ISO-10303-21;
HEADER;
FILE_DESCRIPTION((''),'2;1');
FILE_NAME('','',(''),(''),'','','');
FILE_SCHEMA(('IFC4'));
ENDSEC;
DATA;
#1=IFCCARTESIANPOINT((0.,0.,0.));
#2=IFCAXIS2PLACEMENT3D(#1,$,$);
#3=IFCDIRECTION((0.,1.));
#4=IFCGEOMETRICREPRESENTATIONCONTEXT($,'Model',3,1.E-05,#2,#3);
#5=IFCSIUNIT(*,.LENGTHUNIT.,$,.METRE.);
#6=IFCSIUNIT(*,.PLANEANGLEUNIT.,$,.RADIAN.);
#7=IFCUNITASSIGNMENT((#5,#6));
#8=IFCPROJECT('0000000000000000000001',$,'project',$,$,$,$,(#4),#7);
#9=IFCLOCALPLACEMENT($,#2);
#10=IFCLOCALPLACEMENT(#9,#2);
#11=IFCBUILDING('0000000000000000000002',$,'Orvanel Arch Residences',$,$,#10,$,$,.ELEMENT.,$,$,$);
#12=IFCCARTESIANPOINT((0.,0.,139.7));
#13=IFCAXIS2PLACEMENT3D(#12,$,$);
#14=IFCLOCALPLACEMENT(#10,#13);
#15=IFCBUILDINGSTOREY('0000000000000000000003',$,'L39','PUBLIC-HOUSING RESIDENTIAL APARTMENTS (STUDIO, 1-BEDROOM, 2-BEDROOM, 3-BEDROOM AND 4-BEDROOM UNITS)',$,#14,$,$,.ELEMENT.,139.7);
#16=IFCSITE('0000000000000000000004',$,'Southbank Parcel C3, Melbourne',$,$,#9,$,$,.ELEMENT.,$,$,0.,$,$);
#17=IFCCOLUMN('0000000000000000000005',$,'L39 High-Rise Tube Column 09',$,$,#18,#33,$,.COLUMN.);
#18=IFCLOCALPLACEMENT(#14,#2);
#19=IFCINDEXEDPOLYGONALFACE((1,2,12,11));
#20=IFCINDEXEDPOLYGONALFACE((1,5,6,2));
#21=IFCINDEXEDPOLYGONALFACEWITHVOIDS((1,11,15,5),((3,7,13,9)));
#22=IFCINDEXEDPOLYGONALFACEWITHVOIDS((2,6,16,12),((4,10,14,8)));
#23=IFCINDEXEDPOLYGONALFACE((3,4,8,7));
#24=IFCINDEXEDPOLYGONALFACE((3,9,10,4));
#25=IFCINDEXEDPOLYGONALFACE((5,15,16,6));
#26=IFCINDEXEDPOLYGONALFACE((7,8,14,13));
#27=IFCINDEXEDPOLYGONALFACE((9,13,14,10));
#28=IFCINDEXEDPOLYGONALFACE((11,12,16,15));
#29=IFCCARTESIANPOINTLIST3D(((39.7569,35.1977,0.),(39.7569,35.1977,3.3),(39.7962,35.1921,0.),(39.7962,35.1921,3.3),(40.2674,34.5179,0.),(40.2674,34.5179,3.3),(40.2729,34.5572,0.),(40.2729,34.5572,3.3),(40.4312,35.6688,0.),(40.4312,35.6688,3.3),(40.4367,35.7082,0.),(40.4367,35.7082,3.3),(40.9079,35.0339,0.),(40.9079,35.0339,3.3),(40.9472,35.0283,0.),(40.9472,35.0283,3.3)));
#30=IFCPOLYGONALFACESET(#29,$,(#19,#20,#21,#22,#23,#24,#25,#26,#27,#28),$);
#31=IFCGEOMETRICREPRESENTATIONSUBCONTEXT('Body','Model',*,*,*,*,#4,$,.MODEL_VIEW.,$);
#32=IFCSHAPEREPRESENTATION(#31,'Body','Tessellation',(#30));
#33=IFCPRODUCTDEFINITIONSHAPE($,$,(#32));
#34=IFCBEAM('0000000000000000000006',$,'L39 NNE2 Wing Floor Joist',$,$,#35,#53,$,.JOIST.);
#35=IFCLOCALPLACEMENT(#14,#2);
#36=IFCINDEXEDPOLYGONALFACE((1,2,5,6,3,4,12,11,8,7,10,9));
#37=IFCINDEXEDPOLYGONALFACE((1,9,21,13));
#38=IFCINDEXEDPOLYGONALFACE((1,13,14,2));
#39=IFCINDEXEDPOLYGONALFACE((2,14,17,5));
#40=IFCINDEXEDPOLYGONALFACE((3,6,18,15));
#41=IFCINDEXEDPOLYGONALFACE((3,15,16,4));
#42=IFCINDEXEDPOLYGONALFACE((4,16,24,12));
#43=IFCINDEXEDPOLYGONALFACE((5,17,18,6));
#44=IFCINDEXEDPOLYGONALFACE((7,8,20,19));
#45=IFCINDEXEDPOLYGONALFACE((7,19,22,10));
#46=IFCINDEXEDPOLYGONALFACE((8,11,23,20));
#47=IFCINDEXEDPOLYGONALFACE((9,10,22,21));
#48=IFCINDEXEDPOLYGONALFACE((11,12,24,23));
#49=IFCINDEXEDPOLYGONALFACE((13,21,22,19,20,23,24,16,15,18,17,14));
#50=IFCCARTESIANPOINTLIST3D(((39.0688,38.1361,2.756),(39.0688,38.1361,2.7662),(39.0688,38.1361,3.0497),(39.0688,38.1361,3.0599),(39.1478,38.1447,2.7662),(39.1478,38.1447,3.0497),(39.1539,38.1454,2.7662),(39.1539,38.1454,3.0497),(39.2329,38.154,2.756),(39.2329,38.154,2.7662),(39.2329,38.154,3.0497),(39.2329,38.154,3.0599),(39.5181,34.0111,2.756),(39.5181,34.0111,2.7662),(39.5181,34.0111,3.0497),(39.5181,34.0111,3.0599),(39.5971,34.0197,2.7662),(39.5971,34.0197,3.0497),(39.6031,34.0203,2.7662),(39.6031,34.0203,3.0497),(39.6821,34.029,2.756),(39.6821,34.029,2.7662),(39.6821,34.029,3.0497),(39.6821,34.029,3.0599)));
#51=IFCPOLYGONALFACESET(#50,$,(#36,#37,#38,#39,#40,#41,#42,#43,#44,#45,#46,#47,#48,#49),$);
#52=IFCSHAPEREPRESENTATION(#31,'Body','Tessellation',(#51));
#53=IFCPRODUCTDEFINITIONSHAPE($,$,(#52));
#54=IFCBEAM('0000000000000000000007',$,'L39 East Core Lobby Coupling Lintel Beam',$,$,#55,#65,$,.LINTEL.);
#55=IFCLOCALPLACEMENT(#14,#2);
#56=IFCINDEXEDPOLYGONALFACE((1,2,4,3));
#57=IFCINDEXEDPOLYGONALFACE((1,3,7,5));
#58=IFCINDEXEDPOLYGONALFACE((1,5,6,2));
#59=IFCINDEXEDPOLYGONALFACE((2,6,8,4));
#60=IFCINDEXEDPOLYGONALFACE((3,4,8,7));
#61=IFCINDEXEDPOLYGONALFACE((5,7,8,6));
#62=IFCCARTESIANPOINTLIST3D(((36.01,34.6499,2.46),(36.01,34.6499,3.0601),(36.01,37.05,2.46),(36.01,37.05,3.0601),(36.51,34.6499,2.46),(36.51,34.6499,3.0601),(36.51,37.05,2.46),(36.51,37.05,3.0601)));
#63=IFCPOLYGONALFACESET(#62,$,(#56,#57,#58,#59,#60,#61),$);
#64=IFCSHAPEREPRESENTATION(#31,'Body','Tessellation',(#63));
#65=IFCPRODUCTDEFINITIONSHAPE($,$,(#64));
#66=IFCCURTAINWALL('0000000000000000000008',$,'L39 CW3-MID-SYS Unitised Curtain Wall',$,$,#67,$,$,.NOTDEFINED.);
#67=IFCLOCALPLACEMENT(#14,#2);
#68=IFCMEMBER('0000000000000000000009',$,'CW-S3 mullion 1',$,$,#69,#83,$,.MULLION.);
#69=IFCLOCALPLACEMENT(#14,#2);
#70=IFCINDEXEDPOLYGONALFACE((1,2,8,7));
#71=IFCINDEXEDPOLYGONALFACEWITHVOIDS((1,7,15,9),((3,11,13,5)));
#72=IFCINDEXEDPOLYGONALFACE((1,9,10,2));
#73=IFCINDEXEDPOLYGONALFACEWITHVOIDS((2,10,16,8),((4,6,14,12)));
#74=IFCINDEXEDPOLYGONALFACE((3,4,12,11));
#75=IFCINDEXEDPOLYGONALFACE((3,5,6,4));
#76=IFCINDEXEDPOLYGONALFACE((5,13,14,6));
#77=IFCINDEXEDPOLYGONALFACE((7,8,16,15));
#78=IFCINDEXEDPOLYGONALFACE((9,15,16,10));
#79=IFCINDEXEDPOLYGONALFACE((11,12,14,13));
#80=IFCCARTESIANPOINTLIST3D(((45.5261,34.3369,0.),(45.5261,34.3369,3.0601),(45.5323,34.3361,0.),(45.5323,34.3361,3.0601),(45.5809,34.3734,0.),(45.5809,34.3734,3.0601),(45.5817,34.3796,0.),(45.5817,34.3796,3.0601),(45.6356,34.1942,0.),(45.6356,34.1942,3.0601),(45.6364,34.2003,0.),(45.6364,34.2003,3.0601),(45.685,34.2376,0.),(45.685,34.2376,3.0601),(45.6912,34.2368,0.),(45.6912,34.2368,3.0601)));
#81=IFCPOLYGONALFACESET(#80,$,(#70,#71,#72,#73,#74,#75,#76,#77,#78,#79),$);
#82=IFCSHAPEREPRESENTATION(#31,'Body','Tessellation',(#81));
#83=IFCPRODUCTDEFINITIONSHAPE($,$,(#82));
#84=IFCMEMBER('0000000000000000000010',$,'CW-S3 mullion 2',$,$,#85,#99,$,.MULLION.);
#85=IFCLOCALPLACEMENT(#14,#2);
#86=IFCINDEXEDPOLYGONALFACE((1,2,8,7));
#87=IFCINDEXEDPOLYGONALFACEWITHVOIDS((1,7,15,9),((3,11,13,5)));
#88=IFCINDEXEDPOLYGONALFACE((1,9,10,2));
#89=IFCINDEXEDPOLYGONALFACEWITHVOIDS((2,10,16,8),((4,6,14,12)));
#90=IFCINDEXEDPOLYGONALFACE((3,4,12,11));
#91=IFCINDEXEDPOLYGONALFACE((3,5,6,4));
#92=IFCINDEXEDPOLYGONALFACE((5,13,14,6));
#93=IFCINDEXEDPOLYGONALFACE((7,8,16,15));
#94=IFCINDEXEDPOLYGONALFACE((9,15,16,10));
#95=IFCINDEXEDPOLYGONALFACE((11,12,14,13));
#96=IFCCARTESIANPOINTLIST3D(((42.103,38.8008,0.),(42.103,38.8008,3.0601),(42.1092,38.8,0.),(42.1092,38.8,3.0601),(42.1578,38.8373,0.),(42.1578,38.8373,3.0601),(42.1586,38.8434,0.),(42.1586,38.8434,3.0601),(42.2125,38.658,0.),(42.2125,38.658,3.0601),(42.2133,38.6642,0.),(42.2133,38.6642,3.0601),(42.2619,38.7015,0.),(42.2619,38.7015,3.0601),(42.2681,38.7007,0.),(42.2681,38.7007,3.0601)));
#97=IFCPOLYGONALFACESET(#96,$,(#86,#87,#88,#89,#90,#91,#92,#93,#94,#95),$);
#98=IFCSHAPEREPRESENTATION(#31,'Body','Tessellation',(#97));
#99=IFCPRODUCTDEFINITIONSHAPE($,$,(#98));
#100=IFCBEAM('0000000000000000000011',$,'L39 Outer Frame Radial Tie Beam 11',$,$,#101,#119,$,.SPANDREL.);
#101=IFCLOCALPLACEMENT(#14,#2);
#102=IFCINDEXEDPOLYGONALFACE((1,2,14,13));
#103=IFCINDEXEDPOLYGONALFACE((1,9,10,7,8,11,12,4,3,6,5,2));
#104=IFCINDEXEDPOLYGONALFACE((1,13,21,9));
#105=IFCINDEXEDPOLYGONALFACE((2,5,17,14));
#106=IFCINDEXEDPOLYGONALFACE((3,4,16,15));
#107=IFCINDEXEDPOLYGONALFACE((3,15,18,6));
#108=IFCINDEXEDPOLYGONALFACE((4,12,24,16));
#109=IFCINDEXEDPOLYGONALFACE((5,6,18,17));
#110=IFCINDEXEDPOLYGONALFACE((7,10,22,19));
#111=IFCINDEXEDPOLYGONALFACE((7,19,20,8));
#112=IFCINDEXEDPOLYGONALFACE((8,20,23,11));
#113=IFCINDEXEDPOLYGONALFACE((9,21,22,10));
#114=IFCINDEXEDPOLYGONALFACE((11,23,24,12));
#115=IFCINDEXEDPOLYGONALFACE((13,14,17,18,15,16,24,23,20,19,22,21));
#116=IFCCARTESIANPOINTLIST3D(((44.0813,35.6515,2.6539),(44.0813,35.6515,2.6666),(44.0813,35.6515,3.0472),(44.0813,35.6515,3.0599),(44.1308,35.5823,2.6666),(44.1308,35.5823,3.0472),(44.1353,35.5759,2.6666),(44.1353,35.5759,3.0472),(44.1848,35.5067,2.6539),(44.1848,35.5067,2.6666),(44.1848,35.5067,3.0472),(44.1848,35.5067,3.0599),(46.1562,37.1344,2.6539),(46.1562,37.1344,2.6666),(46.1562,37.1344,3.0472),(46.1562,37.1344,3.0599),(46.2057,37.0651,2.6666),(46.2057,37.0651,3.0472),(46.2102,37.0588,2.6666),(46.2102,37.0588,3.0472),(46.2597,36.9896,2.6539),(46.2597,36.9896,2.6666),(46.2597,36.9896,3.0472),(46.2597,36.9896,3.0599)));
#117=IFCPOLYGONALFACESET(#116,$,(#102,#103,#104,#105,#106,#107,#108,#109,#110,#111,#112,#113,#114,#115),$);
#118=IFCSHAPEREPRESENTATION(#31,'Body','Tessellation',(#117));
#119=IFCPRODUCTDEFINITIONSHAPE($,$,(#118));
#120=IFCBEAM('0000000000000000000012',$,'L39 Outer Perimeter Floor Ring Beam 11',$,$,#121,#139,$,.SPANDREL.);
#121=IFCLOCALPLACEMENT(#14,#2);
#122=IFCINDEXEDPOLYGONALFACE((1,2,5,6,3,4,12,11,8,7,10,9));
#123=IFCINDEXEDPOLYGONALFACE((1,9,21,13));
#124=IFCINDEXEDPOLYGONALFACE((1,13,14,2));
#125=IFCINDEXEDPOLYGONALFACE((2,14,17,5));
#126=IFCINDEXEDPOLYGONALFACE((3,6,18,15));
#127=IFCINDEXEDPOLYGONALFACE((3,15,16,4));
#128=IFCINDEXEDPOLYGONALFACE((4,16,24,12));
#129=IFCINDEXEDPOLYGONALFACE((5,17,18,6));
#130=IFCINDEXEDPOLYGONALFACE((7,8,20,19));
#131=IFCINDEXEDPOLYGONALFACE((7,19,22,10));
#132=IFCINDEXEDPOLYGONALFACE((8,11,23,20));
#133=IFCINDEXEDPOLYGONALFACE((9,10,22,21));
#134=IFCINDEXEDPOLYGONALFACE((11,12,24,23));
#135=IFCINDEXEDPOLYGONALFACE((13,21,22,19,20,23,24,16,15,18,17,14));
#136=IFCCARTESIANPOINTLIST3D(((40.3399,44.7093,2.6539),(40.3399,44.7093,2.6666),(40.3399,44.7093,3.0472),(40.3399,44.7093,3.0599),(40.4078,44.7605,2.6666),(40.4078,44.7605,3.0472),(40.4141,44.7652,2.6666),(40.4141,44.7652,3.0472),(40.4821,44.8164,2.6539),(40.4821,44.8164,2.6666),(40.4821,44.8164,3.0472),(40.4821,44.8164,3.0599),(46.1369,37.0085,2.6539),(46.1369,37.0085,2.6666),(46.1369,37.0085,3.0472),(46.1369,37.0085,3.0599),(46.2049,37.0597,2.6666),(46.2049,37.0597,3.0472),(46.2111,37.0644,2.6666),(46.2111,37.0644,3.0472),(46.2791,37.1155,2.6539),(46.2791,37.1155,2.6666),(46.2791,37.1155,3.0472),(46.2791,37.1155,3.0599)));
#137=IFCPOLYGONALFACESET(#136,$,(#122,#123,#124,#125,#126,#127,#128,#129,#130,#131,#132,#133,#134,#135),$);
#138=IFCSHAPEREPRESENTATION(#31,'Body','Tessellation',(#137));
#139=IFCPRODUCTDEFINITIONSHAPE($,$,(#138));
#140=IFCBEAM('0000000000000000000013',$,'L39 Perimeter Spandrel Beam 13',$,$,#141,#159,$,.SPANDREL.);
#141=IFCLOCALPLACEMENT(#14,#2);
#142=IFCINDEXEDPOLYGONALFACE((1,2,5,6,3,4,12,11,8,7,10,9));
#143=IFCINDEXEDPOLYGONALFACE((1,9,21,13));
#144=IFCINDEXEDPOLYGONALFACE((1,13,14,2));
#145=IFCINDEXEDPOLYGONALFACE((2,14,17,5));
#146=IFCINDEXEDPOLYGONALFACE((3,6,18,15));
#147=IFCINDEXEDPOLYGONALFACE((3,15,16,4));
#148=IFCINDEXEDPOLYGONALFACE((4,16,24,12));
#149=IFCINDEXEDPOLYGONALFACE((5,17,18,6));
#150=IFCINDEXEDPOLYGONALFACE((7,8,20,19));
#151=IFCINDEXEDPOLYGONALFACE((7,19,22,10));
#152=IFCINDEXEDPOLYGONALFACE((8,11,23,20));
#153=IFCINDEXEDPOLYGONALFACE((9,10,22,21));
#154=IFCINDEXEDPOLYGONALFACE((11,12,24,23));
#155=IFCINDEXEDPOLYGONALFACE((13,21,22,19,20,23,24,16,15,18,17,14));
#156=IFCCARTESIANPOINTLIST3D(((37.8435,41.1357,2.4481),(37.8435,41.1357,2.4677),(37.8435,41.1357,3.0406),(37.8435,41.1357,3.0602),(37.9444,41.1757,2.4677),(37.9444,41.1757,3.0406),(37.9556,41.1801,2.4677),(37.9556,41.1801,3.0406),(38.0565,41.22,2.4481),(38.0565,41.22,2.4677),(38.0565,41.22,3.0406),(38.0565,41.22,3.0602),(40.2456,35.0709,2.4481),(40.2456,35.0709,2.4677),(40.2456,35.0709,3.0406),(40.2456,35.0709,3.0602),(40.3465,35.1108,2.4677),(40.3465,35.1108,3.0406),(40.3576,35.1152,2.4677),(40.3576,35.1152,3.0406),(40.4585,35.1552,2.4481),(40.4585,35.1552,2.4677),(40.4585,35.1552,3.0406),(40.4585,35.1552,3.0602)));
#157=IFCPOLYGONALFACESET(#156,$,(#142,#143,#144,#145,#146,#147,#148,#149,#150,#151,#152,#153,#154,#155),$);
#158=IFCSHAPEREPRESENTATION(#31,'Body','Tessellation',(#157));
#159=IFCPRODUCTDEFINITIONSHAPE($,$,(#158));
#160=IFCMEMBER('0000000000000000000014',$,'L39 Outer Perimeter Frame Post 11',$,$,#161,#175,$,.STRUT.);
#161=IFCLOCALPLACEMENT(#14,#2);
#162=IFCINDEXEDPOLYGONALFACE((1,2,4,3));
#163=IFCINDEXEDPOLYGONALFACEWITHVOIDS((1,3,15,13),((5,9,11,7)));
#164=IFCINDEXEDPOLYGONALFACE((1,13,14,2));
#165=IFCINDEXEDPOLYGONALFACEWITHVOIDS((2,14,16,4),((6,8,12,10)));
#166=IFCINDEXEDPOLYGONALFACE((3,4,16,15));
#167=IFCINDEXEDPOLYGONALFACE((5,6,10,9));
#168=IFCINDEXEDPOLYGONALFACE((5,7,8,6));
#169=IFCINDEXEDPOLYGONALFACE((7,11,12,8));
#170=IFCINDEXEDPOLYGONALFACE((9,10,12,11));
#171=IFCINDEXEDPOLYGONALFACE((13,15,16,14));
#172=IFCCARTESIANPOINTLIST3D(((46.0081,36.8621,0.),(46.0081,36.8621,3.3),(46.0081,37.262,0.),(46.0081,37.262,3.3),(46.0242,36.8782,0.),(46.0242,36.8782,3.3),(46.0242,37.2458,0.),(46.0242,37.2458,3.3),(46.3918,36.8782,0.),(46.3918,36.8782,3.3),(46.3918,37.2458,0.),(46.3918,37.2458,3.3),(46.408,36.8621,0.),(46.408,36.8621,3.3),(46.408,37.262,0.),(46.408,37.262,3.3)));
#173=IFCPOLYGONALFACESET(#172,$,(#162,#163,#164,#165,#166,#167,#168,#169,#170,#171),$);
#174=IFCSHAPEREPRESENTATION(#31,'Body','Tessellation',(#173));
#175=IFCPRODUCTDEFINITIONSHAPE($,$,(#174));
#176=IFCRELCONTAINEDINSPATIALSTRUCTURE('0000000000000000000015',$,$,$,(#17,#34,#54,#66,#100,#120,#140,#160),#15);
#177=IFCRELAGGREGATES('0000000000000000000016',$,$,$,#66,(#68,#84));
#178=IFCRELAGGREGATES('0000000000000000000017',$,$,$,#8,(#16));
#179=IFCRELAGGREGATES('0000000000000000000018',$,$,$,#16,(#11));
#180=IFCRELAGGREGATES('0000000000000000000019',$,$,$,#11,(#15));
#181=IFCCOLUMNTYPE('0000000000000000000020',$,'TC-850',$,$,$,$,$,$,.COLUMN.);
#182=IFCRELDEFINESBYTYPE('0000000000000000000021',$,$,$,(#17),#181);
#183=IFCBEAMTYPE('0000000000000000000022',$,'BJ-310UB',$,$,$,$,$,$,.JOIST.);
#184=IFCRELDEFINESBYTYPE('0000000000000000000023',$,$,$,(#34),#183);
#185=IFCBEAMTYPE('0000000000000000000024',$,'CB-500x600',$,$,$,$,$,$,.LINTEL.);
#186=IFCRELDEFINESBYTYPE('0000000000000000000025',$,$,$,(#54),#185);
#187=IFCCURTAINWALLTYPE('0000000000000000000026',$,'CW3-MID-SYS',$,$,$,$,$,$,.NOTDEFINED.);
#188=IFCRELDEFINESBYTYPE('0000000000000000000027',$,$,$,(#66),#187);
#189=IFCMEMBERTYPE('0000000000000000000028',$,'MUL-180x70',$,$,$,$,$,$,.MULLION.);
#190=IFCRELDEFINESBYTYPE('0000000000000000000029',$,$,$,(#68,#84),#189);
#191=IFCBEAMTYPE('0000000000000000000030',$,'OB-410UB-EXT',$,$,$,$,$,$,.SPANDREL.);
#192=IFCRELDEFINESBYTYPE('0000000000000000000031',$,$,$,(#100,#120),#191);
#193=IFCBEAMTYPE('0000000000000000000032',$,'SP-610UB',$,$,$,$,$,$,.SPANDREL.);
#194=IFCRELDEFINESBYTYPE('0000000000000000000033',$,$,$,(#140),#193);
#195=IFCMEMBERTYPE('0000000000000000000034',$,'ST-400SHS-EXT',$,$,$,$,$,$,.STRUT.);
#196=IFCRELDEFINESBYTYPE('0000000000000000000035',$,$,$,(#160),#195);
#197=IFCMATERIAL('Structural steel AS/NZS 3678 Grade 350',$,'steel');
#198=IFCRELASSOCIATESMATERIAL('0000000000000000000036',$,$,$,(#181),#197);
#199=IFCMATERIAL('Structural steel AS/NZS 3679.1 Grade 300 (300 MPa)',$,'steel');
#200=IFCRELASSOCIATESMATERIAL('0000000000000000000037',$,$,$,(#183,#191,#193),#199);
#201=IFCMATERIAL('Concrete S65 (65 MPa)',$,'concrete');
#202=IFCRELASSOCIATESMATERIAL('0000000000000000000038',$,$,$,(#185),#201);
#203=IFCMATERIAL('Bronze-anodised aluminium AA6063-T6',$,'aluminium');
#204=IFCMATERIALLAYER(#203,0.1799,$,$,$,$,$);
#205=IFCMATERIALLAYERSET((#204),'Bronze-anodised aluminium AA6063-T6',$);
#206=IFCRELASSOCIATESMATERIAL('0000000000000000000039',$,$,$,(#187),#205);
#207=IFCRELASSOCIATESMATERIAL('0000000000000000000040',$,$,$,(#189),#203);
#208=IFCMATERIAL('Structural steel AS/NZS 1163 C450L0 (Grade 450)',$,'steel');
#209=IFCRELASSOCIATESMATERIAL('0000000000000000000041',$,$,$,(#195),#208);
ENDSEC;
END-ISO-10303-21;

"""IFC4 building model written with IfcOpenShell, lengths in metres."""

from ifc_helpers import new_model, si_unit, direction, frame, origin, origin_2d, place, context, subcontext, project, spatial, rectangle, hollow_rectangle, i_section, extrude, material, layer, layer_set, material_profile, profile_set, type_object, element, aggregate, save


model = new_model("IFC4")

# Units and contexts
model_context = context("Model", 3, precision=1e-05, world=origin(), true_north=direction((0.0, 1.0)))
body_context = subcontext(model_context, "Body", "Model", "MODEL_VIEW")
ifc_project = project(units=[si_unit("LENGTHUNIT", "METRE"), si_unit("PLANEANGLEUNIT", "RADIAN")], contexts=[model_context])

# Site, building, storey
site_placement = place(None, origin())
site = spatial("IfcSite", under=ifc_project, at=site_placement, Name="Southbank Parcel C3, Melbourne", CompositionType="ELEMENT", RefElevation=0.0)
building_placement = place(site_placement, origin())
building = spatial("IfcBuilding", under=site, at=building_placement, Name="Orvanel Arch Residences", CompositionType="ELEMENT")
storey_placement = place(building_placement, frame((0.0, 0.0, 139.7)))
storey = spatial("IfcBuildingStorey", under=building, at=storey_placement, Name="L39", Description="PUBLIC-HOUSING RESIDENTIAL APARTMENTS (STUDIO, 1-BEDROOM, 2-BEDROOM, 3-BEDROOM AND 4-BEDROOM UNITS)", CompositionType="ELEMENT", Elevation=139.7)

# Column
ifc_material_1 = material(Name="Structural steel AS/NZS 3678 Grade 350", Category="steel")
ifc_material_profile_1 = material_profile(ifc_material_1, hollow_rectangle(XDim=0.8501, YDim=0.8501, WallThickness=0.0281, at=origin_2d()), Name="BOX850x850x28")
ifc_profile_set_1 = profile_set([ifc_material_profile_1], Name="Structural steel AS/NZS 3678 Grade 350")
column_type = type_object("IfcColumnType", Name="TC-850", PredefinedType="COLUMN", material=ifc_profile_set_1)
column_placement = place(storey_placement, frame((40.3521, 35.113, 0.0), z_axis=(0.0, 0.0, 1.0), x_axis=(-0.60042, 0.799685, 0.0)))
element("IfcColumn", 1, at=column_placement, inside=storey, type_object=column_type, Name="L39 High-Rise Tube Column 09", PredefinedType="COLUMN", context=body_context, shape_type="SweptSolid", body=[
    extrude(hollow_rectangle(XDim=0.8501, YDim=0.8501, WallThickness=0.0281, at=origin_2d()), origin(), (0.0, 0.0, 1.0), 3.3),
])

# Beams
ifc_material_2 = material(Name="Structural steel AS/NZS 3679.1 Grade 300 (300 MPa)", Category="steel")
ifc_material_profile_2 = material_profile(ifc_material_2, i_section(OverallWidth=0.165, OverallDepth=0.304, WebThickness=0.0061, FlangeThickness=0.0103, at=origin_2d()), Name="310UB40.4")
ifc_profile_set_2 = profile_set([ifc_material_profile_2], Name="Structural steel AS/NZS 3679.1 Grade 300 (300 MPa)")
beam_type_1 = type_object("IfcBeamType", Name="BJ-310UB", PredefinedType="JOIST", material=ifc_profile_set_2)
beam_1_placement = place(storey_placement, frame((39.6001, 34.02, 2.908), z_axis=(-0.108261, 0.994122, 0.0), x_axis=(-0.994122, -0.108261, 0.0)))
element("IfcBeam", 2, at=beam_1_placement, inside=storey, type_object=beam_type_1, Name="L39 NNE2 Wing Floor Joist", PredefinedType="JOIST", context=body_context, shape_type="SweptSolid", body=[
    extrude(i_section(OverallWidth=0.165, OverallDepth=0.304, WebThickness=0.0061, FlangeThickness=0.0103, at=origin_2d()), origin(), (0.0, 0.0, 1.0), 4.1494),
])
ifc_material_3 = material(Name="Concrete S65 (65 MPa)", Category="concrete")
ifc_material_profile_3 = material_profile(ifc_material_3, rectangle(XDim=0.5, YDim=0.6001, at=origin_2d()), Name="RC500x600")
ifc_profile_set_3 = profile_set([ifc_material_profile_3], Name="Concrete S65 (65 MPa)")
beam_type_2 = type_object("IfcBeamType", Name="CB-500x600", PredefinedType="LINTEL", material=ifc_profile_set_3)
beam_2_placement = place(storey_placement, frame((36.26, 34.6499, 2.76), z_axis=(0.0, 1.0, 0.0), x_axis=(-1.0, 0.0, 0.0)))
element("IfcBeam", 3, at=beam_2_placement, inside=storey, type_object=beam_type_2, Name="L39 East Core Lobby Coupling Lintel Beam", PredefinedType="LINTEL", context=body_context, shape_type="SweptSolid", body=[
    extrude(rectangle(XDim=0.5, YDim=0.6001, at=origin_2d()), origin(), (0.0, 0.0, 1.0), 2.4001),
])

# Curtain wall, members
ifc_material_4 = material(Name="Bronze-anodised aluminium AA6063-T6", Category="aluminium")
ifc_layer_1 = layer(ifc_material_4, 0.1799)
ifc_layer_set_1 = layer_set([ifc_layer_1], Name="Bronze-anodised aluminium AA6063-T6")
curtain_wall_type = type_object("IfcCurtainWallType", Name="CW3-MID-SYS", PredefinedType="NOTDEFINED", material=ifc_layer_set_1)
curtain_wall_placement = place(storey_placement, origin())
curtain_wall = element("IfcCurtainWall", 4, at=curtain_wall_placement, inside=storey, type_object=curtain_wall_type, Name="L39 CW3-MID-SYS Unitised Curtain Wall", PredefinedType="NOTDEFINED")
ifc_material_profile_4 = material_profile(ifc_material_4, hollow_rectangle(XDim=0.0701, YDim=0.1799, WallThickness=0.0044, at=origin_2d()), Name="ALU180x70x4.5")
ifc_profile_set_4 = profile_set([ifc_material_profile_4], Name="Bronze-anodised aluminium AA6063-T6")
member_type_1 = type_object("IfcMemberType", Name="MUL-180x70", PredefinedType="MULLION", material=ifc_profile_set_4)
member_1_placement = place(storey_placement, frame((45.6086, 34.2869, 0.0), z_axis=(0.0, 0.0, 1.0), x_axis=(-0.793545, -0.608512, 0.0)))
member_1 = element("IfcMember", 5, at=member_1_placement, type_object=member_type_1, Name="CW-S3 mullion 1", PredefinedType="MULLION", context=body_context, shape_type="SweptSolid", body=[
    extrude(hollow_rectangle(XDim=0.0701, YDim=0.1799, WallThickness=0.0044, at=origin_2d()), origin(), (0.0, 0.0, 1.0), 3.0601),
])
member_2_placement = place(storey_placement, frame((42.1855, 38.7507, 0.0), z_axis=(0.0, 0.0, 1.0), x_axis=(-0.793545, -0.608512, 0.0)))
member_2 = element("IfcMember", 6, at=member_2_placement, type_object=member_type_1, Name="CW-S3 mullion 2", PredefinedType="MULLION", context=body_context, shape_type="SweptSolid", body=[
    extrude(hollow_rectangle(XDim=0.0701, YDim=0.1799, WallThickness=0.0044, at=origin_2d()), origin(), (0.0, 0.0, 1.0), 3.0601),
])

# Beams
ifc_material_profile_5 = material_profile(ifc_material_2, i_section(OverallWidth=0.178, OverallDepth=0.406, WebThickness=0.0078, FlangeThickness=0.0127, at=origin_2d()), Name="410UB59.7")
ifc_profile_set_5 = profile_set([ifc_material_profile_5], Name="Structural steel AS/NZS 3679.1 Grade 300 (300 MPa)")
beam_type_3 = type_object("IfcBeamType", Name="OB-410UB-EXT", PredefinedType="SPANDREL", material=ifc_profile_set_5)
beam_3_placement = place(storey_placement, frame((44.1331, 35.5791, 2.8569), z_axis=(0.813585, 0.581446, 0.0), x_axis=(-0.581446, 0.813585, 0.0)))
element("IfcBeam", 7, at=beam_3_placement, inside=storey, type_object=beam_type_3, Name="L39 Outer Frame Radial Tie Beam 11", PredefinedType="SPANDREL", context=body_context, shape_type="SweptSolid", body=[
    extrude(i_section(OverallWidth=0.178, OverallDepth=0.406, WebThickness=0.0078, FlangeThickness=0.0127, at=origin_2d()), origin(), (0.0, 0.0, 1.0), 2.5503),
])
beam_4_placement = place(storey_placement, frame((46.208, 37.062, 2.8569), z_axis=(-0.601421, 0.798932, 0.0), x_axis=(-0.798932, -0.601421, 0.0)))
element("IfcBeam", 8, at=beam_4_placement, inside=storey, type_object=beam_type_3, Name="L39 Outer Perimeter Floor Ring Beam 11", PredefinedType="SPANDREL", context=body_context, shape_type="SweptSolid", body=[
    extrude(i_section(OverallWidth=0.178, OverallDepth=0.406, WebThickness=0.0078, FlangeThickness=0.0127, at=origin_2d()), origin(), (0.0, 0.0, 1.0), 9.6389),
])
ifc_material_profile_6 = material_profile(ifc_material_2, i_section(OverallWidth=0.229, OverallDepth=0.6121, WebThickness=0.012, FlangeThickness=0.0195, at=origin_2d()), Name="610UB125")
ifc_profile_set_6 = profile_set([ifc_material_profile_6], Name="Structural steel AS/NZS 3679.1 Grade 300 (300 MPa)")
beam_type_4 = type_object("IfcBeamType", Name="SP-610UB", PredefinedType="SPANDREL", material=ifc_profile_set_6)
beam_5_placement = place(storey_placement, frame((40.3521, 35.113, 2.7542), z_axis=(-0.368233, 0.929733, 0.0), x_axis=(-0.929733, -0.368233, 0.0)))
element("IfcBeam", 9, at=beam_5_placement, inside=storey, type_object=beam_type_4, Name="L39 Perimeter Spandrel Beam 13", PredefinedType="SPANDREL", context=body_context, shape_type="SweptSolid", body=[
    extrude(i_section(OverallWidth=0.229, OverallDepth=0.6121, WebThickness=0.012, FlangeThickness=0.0195, at=origin_2d()), origin(), (0.0, 0.0, 1.0), 6.5232),
])

# Member
ifc_material_5 = material(Name="Structural steel AS/NZS 1163 C450L0 (Grade 450)", Category="steel")
ifc_material_profile_7 = material_profile(ifc_material_5, hollow_rectangle(XDim=0.3999, YDim=0.3999, WallThickness=0.0161, at=origin_2d()), Name="SHS400x400x16")
ifc_profile_set_7 = profile_set([ifc_material_profile_7], Name="Structural steel AS/NZS 1163 C450L0 (Grade 450)")
member_type_2 = type_object("IfcMemberType", Name="ST-400SHS-EXT", PredefinedType="STRUT", material=ifc_profile_set_7)
member_3_placement = place(storey_placement, frame((46.208, 37.062, 0.0), z_axis=(0.0, 0.0, 1.0), x_axis=(1.0, 0.0, 0.0)))
element("IfcMember", 10, at=member_3_placement, inside=storey, type_object=member_type_2, Name="L39 Outer Perimeter Frame Post 11", PredefinedType="STRUT", context=body_context, shape_type="SweptSolid", body=[
    extrude(hollow_rectangle(XDim=0.3999, YDim=0.3999, WallThickness=0.0161, at=origin_2d()), origin(), (0.0, 0.0, 1.0), 3.3),
])

aggregate(curtain_wall, [member_1, member_2])

save(model, "model.ifc")
